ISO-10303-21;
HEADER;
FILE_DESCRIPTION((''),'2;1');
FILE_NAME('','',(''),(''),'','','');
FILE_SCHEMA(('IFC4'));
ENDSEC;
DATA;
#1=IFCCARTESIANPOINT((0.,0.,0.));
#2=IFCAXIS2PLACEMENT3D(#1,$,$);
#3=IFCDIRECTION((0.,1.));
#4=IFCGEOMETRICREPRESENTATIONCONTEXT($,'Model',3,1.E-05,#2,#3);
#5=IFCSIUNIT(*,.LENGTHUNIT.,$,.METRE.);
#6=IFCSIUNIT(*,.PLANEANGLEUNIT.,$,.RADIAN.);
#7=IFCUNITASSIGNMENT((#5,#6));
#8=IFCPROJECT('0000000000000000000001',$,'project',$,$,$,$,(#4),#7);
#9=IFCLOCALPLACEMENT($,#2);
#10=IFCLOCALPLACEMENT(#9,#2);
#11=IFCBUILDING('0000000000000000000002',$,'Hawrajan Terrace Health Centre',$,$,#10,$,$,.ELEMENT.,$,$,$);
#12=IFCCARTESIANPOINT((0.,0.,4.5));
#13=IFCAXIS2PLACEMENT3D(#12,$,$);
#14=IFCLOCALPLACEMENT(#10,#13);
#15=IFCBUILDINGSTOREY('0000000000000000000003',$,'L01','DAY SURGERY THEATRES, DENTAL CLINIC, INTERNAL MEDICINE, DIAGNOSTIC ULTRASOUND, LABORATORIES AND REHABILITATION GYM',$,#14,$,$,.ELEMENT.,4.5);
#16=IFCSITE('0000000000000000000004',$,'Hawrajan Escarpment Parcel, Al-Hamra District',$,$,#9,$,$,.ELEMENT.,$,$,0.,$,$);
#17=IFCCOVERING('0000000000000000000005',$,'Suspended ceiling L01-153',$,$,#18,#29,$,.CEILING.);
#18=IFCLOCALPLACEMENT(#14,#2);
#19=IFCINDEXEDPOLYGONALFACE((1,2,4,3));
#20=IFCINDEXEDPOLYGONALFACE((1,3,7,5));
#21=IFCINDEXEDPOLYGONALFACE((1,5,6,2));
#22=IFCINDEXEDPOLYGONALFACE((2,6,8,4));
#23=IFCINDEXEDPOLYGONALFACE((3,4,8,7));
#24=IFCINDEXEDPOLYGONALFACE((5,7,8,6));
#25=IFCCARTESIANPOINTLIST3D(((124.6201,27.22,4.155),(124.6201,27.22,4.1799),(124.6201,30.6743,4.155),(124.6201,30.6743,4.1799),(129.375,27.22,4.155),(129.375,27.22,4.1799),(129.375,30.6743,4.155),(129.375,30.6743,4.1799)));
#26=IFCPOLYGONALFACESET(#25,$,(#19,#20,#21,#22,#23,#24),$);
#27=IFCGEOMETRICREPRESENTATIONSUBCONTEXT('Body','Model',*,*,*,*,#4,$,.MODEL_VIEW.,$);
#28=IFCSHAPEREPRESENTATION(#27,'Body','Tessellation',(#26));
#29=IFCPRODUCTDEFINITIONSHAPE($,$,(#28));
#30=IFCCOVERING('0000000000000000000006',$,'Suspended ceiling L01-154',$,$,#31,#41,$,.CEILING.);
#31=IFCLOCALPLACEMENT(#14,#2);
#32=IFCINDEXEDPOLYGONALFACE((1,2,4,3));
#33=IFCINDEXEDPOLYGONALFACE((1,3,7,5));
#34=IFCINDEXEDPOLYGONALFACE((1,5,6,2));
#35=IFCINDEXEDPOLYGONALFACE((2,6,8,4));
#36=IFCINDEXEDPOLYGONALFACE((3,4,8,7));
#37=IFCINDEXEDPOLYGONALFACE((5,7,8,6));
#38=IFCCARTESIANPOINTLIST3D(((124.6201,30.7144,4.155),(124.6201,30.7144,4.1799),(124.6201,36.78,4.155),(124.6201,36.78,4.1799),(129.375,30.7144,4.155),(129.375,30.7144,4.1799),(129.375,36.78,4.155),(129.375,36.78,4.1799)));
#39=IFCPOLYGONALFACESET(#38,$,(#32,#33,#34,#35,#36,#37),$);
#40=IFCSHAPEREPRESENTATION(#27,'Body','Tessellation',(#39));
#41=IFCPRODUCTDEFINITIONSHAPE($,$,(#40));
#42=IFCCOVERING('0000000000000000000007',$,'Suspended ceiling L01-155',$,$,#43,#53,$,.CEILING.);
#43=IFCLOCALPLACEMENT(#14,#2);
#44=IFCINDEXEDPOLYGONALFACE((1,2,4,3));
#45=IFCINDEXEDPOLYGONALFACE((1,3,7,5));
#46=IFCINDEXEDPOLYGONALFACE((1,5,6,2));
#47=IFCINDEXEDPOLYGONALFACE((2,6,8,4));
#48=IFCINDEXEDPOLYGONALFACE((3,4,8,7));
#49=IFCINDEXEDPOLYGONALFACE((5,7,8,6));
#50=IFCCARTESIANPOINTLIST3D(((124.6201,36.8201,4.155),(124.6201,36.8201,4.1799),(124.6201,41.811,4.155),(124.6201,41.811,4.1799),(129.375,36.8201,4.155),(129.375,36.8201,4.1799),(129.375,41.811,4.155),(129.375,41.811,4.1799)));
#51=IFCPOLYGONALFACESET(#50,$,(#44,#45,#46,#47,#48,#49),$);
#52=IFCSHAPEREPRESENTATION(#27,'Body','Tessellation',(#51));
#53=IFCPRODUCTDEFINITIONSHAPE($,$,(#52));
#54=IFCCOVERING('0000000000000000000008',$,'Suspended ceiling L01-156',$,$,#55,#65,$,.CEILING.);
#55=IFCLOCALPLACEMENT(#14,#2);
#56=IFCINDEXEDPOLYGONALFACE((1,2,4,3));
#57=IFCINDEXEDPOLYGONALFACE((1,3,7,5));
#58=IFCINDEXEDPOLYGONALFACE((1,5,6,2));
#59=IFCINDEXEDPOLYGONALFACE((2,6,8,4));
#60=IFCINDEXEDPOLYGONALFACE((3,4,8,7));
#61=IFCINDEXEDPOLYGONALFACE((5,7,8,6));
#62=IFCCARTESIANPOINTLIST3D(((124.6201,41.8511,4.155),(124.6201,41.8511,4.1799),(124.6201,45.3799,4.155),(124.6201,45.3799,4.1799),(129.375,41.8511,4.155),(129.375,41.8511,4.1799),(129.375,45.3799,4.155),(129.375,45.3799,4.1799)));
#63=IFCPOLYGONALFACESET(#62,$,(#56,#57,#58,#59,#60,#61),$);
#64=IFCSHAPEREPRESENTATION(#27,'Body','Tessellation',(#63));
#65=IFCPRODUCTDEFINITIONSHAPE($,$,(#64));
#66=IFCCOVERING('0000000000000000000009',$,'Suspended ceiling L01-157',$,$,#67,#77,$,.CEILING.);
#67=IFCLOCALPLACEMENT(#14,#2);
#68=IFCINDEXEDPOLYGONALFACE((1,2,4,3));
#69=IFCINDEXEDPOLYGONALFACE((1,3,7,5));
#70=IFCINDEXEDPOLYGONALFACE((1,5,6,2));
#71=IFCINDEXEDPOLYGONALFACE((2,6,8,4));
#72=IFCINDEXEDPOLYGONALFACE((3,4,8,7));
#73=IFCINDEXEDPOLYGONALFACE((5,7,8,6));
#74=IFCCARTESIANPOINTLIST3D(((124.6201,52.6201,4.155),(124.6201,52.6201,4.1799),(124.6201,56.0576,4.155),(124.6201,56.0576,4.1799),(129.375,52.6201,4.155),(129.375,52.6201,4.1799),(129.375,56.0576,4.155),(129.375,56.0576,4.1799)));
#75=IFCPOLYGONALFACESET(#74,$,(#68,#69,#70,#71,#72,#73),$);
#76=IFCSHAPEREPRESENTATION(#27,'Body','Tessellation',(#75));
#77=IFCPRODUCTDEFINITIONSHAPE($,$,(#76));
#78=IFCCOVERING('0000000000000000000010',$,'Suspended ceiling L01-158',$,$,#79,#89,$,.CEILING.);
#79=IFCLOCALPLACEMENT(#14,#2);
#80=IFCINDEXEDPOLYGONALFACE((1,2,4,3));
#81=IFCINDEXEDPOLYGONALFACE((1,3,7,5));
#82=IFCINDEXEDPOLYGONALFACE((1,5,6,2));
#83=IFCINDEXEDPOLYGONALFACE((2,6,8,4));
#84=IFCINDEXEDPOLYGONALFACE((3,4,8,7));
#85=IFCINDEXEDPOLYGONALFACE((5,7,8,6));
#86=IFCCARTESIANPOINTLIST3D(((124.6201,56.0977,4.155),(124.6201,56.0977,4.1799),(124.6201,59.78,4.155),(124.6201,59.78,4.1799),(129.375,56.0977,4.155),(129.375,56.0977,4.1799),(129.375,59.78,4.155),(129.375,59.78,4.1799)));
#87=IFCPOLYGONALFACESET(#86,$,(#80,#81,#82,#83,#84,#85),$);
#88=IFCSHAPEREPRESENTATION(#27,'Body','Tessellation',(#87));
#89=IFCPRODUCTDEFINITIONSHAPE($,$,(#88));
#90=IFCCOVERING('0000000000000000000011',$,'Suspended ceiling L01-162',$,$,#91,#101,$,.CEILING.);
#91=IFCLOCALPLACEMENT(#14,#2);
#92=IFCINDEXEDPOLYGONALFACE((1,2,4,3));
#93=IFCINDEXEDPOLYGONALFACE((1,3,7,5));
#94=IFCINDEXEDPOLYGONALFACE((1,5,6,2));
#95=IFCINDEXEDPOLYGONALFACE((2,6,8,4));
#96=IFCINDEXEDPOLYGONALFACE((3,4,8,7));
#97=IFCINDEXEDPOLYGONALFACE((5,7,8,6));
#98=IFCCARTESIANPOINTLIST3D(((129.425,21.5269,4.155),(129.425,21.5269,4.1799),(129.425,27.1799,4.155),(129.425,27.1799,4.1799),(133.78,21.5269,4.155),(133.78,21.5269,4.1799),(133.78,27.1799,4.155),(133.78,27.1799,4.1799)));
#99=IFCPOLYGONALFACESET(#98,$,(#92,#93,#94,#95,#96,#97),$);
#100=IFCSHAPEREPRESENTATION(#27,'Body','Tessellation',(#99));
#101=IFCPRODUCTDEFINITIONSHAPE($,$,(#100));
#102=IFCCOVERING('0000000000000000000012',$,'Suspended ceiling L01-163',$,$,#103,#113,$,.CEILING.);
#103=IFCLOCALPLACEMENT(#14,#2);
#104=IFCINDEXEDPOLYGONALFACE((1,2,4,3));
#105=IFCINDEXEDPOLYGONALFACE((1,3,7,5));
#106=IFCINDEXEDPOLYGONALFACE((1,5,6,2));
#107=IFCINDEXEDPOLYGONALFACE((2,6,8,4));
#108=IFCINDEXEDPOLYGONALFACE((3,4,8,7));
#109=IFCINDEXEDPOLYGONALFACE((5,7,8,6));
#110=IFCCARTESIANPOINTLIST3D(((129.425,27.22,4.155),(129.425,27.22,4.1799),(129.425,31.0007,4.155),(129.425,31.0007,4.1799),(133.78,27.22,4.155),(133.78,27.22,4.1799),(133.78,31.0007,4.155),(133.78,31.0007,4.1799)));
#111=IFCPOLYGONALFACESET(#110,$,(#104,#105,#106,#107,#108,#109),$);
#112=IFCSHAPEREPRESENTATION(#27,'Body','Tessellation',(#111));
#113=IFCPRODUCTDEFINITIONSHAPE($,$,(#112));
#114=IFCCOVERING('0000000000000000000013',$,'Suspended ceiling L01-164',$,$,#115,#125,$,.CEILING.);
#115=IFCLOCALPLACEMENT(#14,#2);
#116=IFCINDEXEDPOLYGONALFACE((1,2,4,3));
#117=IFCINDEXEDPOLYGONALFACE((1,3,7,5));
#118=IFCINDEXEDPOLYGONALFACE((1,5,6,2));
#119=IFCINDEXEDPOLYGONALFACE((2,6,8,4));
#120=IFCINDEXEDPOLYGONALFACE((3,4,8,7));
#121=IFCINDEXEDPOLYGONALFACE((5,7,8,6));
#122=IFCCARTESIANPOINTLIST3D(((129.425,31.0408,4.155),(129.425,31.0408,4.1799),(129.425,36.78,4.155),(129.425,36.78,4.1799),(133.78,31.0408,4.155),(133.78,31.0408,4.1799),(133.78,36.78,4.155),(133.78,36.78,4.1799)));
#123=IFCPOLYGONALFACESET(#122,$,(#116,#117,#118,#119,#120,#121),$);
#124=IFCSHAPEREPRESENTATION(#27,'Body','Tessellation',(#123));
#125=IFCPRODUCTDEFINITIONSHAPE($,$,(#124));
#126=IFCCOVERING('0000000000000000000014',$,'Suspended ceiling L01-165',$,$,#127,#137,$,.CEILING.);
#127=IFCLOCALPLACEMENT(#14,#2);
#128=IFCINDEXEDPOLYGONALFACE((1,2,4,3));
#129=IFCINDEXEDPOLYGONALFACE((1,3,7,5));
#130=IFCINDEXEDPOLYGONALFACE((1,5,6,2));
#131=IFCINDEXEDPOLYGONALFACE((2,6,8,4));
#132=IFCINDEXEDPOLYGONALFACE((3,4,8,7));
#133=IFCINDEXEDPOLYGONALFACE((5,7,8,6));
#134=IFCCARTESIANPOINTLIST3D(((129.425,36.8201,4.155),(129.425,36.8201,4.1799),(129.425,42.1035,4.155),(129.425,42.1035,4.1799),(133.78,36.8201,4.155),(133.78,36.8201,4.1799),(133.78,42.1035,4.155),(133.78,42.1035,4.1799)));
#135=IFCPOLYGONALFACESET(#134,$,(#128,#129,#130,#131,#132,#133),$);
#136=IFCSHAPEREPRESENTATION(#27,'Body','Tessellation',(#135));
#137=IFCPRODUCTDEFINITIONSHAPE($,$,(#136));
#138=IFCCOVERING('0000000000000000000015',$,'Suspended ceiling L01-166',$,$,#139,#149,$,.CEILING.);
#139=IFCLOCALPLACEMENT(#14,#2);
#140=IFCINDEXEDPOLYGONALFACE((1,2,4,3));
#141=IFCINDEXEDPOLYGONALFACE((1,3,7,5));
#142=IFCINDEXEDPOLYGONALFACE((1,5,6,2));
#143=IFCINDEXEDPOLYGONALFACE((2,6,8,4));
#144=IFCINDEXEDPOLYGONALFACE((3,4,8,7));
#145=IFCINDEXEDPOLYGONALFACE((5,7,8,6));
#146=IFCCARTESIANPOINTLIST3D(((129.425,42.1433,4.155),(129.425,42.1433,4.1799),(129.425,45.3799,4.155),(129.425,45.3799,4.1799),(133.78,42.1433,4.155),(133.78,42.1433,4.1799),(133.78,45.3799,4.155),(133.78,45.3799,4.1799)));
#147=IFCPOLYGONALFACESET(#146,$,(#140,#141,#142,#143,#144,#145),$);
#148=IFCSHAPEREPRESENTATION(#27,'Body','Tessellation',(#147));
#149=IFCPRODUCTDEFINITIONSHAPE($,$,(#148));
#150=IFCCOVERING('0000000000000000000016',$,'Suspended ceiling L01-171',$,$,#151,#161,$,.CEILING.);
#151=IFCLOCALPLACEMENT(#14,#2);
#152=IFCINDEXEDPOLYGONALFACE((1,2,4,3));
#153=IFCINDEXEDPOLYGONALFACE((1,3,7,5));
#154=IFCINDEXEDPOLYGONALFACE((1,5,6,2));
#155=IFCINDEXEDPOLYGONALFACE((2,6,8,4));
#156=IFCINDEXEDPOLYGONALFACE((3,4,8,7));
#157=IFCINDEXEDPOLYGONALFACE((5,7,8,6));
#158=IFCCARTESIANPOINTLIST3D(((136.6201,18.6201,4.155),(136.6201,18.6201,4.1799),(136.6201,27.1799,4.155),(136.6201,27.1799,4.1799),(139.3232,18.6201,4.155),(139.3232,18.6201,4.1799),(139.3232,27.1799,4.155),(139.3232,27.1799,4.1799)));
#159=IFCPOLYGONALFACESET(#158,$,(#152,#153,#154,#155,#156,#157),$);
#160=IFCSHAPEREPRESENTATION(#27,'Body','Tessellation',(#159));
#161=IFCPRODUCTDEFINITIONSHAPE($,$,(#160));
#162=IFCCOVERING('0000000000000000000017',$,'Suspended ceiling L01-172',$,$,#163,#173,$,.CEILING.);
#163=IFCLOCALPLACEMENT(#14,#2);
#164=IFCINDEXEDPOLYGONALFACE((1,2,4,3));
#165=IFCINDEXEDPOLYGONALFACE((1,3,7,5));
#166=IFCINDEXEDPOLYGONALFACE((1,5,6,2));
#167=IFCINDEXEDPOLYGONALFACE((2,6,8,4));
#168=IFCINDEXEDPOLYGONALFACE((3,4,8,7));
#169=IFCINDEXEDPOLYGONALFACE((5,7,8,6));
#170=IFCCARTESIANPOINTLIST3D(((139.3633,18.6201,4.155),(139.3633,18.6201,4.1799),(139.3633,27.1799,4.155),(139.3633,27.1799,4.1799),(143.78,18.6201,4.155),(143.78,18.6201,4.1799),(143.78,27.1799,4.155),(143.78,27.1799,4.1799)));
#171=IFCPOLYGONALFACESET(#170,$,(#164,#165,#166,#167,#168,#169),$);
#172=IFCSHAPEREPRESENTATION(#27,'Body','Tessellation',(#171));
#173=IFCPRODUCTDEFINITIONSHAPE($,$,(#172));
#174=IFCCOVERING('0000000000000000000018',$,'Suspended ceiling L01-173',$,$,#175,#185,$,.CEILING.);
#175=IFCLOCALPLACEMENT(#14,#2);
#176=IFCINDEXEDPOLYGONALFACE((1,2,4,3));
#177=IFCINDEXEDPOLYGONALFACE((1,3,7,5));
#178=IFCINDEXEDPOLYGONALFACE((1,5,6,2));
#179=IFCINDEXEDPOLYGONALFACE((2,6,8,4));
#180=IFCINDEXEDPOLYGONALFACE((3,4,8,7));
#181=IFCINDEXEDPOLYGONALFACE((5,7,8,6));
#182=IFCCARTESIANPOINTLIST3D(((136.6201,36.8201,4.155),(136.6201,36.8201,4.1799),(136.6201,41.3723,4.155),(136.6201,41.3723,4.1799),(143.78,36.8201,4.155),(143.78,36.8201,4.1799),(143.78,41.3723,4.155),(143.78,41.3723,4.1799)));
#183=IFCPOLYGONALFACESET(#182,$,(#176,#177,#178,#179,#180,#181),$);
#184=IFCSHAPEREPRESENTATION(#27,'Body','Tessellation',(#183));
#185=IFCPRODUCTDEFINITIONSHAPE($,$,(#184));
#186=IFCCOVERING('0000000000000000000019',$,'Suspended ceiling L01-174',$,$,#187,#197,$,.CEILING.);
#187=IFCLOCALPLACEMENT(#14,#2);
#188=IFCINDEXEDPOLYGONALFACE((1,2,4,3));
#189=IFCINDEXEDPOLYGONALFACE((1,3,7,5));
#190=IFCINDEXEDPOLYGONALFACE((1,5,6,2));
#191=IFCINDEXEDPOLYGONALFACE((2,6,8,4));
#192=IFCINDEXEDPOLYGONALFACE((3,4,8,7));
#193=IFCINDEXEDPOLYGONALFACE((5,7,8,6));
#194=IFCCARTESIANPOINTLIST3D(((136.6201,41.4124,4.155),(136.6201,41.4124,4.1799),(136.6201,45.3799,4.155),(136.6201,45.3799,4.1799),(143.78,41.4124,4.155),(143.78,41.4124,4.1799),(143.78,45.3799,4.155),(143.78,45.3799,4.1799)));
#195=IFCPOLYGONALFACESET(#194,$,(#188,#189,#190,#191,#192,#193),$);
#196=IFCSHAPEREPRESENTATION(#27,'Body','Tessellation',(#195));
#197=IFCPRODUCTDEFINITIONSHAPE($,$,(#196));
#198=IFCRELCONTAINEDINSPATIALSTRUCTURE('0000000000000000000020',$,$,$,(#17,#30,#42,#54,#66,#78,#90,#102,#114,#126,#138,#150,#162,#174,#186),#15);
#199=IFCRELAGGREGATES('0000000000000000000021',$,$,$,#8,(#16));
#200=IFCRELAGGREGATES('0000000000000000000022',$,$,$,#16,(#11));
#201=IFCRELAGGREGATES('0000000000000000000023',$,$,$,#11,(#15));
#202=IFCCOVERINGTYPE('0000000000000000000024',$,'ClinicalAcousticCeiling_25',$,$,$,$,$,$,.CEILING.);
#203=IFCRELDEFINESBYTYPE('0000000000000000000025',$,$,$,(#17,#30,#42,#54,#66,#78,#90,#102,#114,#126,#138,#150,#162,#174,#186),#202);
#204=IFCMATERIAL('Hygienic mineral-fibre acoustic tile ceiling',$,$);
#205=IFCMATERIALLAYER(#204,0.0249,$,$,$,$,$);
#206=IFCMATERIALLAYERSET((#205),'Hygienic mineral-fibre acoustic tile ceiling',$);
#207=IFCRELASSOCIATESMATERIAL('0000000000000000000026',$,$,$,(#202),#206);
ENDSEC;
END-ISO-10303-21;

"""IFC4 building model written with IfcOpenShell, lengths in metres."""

from ifc_helpers import new_model, si_unit, direction, frame, origin, place, context, subcontext, project, spatial, polyline, outline, extrude, material, layer, layer_set, type_object, element, save


model = new_model("IFC4")

# Units and contexts
model_context = context("Model", 3, precision=1e-05, world=origin(), true_north=direction((0.0, 1.0)))
body_context = subcontext(model_context, "Body", "Model", "MODEL_VIEW")
ifc_project = project(units=[si_unit("LENGTHUNIT", "METRE"), si_unit("PLANEANGLEUNIT", "RADIAN")], contexts=[model_context])

# Site, building, storey
site_placement = place(None, origin())
site = spatial("IfcSite", under=ifc_project, at=site_placement, Name="Hawrajan Escarpment Parcel, Al-Hamra District", CompositionType="ELEMENT", RefElevation=0.0)
building_placement = place(site_placement, origin())
building = spatial("IfcBuilding", under=site, at=building_placement, Name="Hawrajan Terrace Health Centre", CompositionType="ELEMENT")
storey_placement = place(building_placement, frame((0.0, 0.0, 4.5)))
storey = spatial("IfcBuildingStorey", under=building, at=storey_placement, Name="L01", Description="DAY SURGERY THEATRES, DENTAL CLINIC, INTERNAL MEDICINE, DIAGNOSTIC ULTRASOUND, LABORATORIES AND REHABILITATION GYM", CompositionType="ELEMENT", Elevation=4.5)

# Coverings
ifc_material = material(Name="Hygienic mineral-fibre acoustic tile ceiling")
ifc_layer = layer(ifc_material, 0.0249)
ifc_layer_set = layer_set([ifc_layer], Name="Hygienic mineral-fibre acoustic tile ceiling")
covering_type = type_object("IfcCoveringType", Name="ClinicalAcousticCeiling_25", PredefinedType="CEILING", material=ifc_layer_set)
covering_1_placement = place(storey_placement, frame((0.0, 0.0, 4.155)))
element("IfcCovering", 1, at=covering_1_placement, inside=storey, type_object=covering_type, Name="Suspended ceiling L01-153", PredefinedType="CEILING", context=body_context, shape_type="SweptSolid", body=[
    extrude(outline(polyline([(124.6201, 30.6743), (129.375, 30.6743), (129.375, 27.22), (124.6201, 27.22), (124.6201, 30.6743)])), origin(), (0.0, 0.0, 1.0), 0.0249),
])
covering_2_placement = place(storey_placement, frame((0.0, 0.0, 4.155)))
element("IfcCovering", 2, at=covering_2_placement, inside=storey, type_object=covering_type, Name="Suspended ceiling L01-154", PredefinedType="CEILING", context=body_context, shape_type="SweptSolid", body=[
    extrude(outline(polyline([(124.6201, 36.78), (129.375, 36.78), (129.375, 30.7144), (124.6201, 30.7144), (124.6201, 36.78)])), origin(), (0.0, 0.0, 1.0), 0.0249),
])
covering_3_placement = place(storey_placement, frame((0.0, 0.0, 4.155)))
element("IfcCovering", 3, at=covering_3_placement, inside=storey, type_object=covering_type, Name="Suspended ceiling L01-155", PredefinedType="CEILING", context=body_context, shape_type="SweptSolid", body=[
    extrude(outline(polyline([(124.6201, 41.811), (129.375, 41.811), (129.375, 36.8201), (124.6201, 36.8201), (124.6201, 41.811)])), origin(), (0.0, 0.0, 1.0), 0.0249),
])
covering_4_placement = place(storey_placement, frame((0.0, 0.0, 4.155)))
element("IfcCovering", 4, at=covering_4_placement, inside=storey, type_object=covering_type, Name="Suspended ceiling L01-156", PredefinedType="CEILING", context=body_context, shape_type="SweptSolid", body=[
    extrude(outline(polyline([(124.6201, 45.3799), (129.375, 45.3799), (129.375, 41.8511), (124.6201, 41.8511), (124.6201, 45.3799)])), origin(), (0.0, 0.0, 1.0), 0.0249),
])
covering_5_placement = place(storey_placement, frame((0.0, 0.0, 4.155)))
element("IfcCovering", 5, at=covering_5_placement, inside=storey, type_object=covering_type, Name="Suspended ceiling L01-157", PredefinedType="CEILING", context=body_context, shape_type="SweptSolid", body=[
    extrude(outline(polyline([(124.6201, 56.0576), (129.375, 56.0576), (129.375, 52.6201), (124.6201, 52.6201), (124.6201, 56.0576)])), origin(), (0.0, 0.0, 1.0), 0.0249),
])
covering_6_placement = place(storey_placement, frame((0.0, 0.0, 4.155)))
element("IfcCovering", 6, at=covering_6_placement, inside=storey, type_object=covering_type, Name="Suspended ceiling L01-158", PredefinedType="CEILING", context=body_context, shape_type="SweptSolid", body=[
    extrude(outline(polyline([(124.6201, 59.78), (129.375, 59.78), (129.375, 56.0977), (124.6201, 56.0977), (124.6201, 59.78)])), origin(), (0.0, 0.0, 1.0), 0.0249),
])
covering_7_placement = place(storey_placement, frame((0.0, 0.0, 4.155)))
element("IfcCovering", 7, at=covering_7_placement, inside=storey, type_object=covering_type, Name="Suspended ceiling L01-162", PredefinedType="CEILING", context=body_context, shape_type="SweptSolid", body=[
    extrude(outline(polyline([(129.425, 27.1799), (133.78, 27.1799), (133.78, 21.5269), (129.425, 21.5269), (129.425, 27.1799)])), origin(), (0.0, 0.0, 1.0), 0.0249),
])
covering_8_placement = place(storey_placement, frame((0.0, 0.0, 4.155)))
element("IfcCovering", 8, at=covering_8_placement, inside=storey, type_object=covering_type, Name="Suspended ceiling L01-163", PredefinedType="CEILING", context=body_context, shape_type="SweptSolid", body=[
    extrude(outline(polyline([(129.425, 31.0007), (133.78, 31.0007), (133.78, 27.22), (129.425, 27.22), (129.425, 31.0007)])), origin(), (0.0, 0.0, 1.0), 0.0249),
])
covering_9_placement = place(storey_placement, frame((0.0, 0.0, 4.155)))
element("IfcCovering", 9, at=covering_9_placement, inside=storey, type_object=covering_type, Name="Suspended ceiling L01-164", PredefinedType="CEILING", context=body_context, shape_type="SweptSolid", body=[
    extrude(outline(polyline([(129.425, 36.78), (133.78, 36.78), (133.78, 31.0408), (129.425, 31.0408), (129.425, 36.78)])), origin(), (0.0, 0.0, 1.0), 0.0249),
])
covering_10_placement = place(storey_placement, frame((0.0, 0.0, 4.155)))
element("IfcCovering", 10, at=covering_10_placement, inside=storey, type_object=covering_type, Name="Suspended ceiling L01-165", PredefinedType="CEILING", context=body_context, shape_type="SweptSolid", body=[
    extrude(outline(polyline([(129.425, 42.1035), (133.78, 42.1035), (133.78, 36.8201), (129.425, 36.8201), (129.425, 42.1035)])), origin(), (0.0, 0.0, 1.0), 0.0249),
])
covering_11_placement = place(storey_placement, frame((0.0, 0.0, 4.155)))
element("IfcCovering", 11, at=covering_11_placement, inside=storey, type_object=covering_type, Name="Suspended ceiling L01-166", PredefinedType="CEILING", context=body_context, shape_type="SweptSolid", body=[
    extrude(outline(polyline([(129.425, 45.3799), (133.78, 45.3799), (133.78, 42.1433), (129.425, 42.1433), (129.425, 45.3799)])), origin(), (0.0, 0.0, 1.0), 0.0249),
])
covering_12_placement = place(storey_placement, frame((0.0, 0.0, 4.155)))
element("IfcCovering", 12, at=covering_12_placement, inside=storey, type_object=covering_type, Name="Suspended ceiling L01-171", PredefinedType="CEILING", context=body_context, shape_type="SweptSolid", body=[
    extrude(outline(polyline([(136.6201, 27.1799), (139.3232, 27.1799), (139.3232, 18.6201), (136.6201, 18.6201), (136.6201, 27.1799)])), origin(), (0.0, 0.0, 1.0), 0.0249),
])
covering_13_placement = place(storey_placement, frame((0.0, 0.0, 4.155)))
element("IfcCovering", 13, at=covering_13_placement, inside=storey, type_object=covering_type, Name="Suspended ceiling L01-172", PredefinedType="CEILING", context=body_context, shape_type="SweptSolid", body=[
    extrude(outline(polyline([(139.3633, 27.1799), (143.78, 27.1799), (143.78, 18.6201), (139.3633, 18.6201), (139.3633, 27.1799)])), origin(), (0.0, 0.0, 1.0), 0.0249),
])
covering_14_placement = place(storey_placement, frame((0.0, 0.0, 4.155)))
element("IfcCovering", 14, at=covering_14_placement, inside=storey, type_object=covering_type, Name="Suspended ceiling L01-173", PredefinedType="CEILING", context=body_context, shape_type="SweptSolid", body=[
    extrude(outline(polyline([(136.6201, 41.3723), (143.78, 41.3723), (143.78, 36.8201), (136.6201, 36.8201), (136.6201, 41.3723)])), origin(), (0.0, 0.0, 1.0), 0.0249),
])
covering_15_placement = place(storey_placement, frame((0.0, 0.0, 4.155)))
element("IfcCovering", 15, at=covering_15_placement, inside=storey, type_object=covering_type, Name="Suspended ceiling L01-174", PredefinedType="CEILING", context=body_context, shape_type="SweptSolid", body=[
    extrude(outline(polyline([(136.6201, 45.3799), (143.78, 45.3799), (143.78, 41.4124), (136.6201, 41.4124), (136.6201, 45.3799)])), origin(), (0.0, 0.0, 1.0), 0.0249),
])

save(model, "model.ifc")
